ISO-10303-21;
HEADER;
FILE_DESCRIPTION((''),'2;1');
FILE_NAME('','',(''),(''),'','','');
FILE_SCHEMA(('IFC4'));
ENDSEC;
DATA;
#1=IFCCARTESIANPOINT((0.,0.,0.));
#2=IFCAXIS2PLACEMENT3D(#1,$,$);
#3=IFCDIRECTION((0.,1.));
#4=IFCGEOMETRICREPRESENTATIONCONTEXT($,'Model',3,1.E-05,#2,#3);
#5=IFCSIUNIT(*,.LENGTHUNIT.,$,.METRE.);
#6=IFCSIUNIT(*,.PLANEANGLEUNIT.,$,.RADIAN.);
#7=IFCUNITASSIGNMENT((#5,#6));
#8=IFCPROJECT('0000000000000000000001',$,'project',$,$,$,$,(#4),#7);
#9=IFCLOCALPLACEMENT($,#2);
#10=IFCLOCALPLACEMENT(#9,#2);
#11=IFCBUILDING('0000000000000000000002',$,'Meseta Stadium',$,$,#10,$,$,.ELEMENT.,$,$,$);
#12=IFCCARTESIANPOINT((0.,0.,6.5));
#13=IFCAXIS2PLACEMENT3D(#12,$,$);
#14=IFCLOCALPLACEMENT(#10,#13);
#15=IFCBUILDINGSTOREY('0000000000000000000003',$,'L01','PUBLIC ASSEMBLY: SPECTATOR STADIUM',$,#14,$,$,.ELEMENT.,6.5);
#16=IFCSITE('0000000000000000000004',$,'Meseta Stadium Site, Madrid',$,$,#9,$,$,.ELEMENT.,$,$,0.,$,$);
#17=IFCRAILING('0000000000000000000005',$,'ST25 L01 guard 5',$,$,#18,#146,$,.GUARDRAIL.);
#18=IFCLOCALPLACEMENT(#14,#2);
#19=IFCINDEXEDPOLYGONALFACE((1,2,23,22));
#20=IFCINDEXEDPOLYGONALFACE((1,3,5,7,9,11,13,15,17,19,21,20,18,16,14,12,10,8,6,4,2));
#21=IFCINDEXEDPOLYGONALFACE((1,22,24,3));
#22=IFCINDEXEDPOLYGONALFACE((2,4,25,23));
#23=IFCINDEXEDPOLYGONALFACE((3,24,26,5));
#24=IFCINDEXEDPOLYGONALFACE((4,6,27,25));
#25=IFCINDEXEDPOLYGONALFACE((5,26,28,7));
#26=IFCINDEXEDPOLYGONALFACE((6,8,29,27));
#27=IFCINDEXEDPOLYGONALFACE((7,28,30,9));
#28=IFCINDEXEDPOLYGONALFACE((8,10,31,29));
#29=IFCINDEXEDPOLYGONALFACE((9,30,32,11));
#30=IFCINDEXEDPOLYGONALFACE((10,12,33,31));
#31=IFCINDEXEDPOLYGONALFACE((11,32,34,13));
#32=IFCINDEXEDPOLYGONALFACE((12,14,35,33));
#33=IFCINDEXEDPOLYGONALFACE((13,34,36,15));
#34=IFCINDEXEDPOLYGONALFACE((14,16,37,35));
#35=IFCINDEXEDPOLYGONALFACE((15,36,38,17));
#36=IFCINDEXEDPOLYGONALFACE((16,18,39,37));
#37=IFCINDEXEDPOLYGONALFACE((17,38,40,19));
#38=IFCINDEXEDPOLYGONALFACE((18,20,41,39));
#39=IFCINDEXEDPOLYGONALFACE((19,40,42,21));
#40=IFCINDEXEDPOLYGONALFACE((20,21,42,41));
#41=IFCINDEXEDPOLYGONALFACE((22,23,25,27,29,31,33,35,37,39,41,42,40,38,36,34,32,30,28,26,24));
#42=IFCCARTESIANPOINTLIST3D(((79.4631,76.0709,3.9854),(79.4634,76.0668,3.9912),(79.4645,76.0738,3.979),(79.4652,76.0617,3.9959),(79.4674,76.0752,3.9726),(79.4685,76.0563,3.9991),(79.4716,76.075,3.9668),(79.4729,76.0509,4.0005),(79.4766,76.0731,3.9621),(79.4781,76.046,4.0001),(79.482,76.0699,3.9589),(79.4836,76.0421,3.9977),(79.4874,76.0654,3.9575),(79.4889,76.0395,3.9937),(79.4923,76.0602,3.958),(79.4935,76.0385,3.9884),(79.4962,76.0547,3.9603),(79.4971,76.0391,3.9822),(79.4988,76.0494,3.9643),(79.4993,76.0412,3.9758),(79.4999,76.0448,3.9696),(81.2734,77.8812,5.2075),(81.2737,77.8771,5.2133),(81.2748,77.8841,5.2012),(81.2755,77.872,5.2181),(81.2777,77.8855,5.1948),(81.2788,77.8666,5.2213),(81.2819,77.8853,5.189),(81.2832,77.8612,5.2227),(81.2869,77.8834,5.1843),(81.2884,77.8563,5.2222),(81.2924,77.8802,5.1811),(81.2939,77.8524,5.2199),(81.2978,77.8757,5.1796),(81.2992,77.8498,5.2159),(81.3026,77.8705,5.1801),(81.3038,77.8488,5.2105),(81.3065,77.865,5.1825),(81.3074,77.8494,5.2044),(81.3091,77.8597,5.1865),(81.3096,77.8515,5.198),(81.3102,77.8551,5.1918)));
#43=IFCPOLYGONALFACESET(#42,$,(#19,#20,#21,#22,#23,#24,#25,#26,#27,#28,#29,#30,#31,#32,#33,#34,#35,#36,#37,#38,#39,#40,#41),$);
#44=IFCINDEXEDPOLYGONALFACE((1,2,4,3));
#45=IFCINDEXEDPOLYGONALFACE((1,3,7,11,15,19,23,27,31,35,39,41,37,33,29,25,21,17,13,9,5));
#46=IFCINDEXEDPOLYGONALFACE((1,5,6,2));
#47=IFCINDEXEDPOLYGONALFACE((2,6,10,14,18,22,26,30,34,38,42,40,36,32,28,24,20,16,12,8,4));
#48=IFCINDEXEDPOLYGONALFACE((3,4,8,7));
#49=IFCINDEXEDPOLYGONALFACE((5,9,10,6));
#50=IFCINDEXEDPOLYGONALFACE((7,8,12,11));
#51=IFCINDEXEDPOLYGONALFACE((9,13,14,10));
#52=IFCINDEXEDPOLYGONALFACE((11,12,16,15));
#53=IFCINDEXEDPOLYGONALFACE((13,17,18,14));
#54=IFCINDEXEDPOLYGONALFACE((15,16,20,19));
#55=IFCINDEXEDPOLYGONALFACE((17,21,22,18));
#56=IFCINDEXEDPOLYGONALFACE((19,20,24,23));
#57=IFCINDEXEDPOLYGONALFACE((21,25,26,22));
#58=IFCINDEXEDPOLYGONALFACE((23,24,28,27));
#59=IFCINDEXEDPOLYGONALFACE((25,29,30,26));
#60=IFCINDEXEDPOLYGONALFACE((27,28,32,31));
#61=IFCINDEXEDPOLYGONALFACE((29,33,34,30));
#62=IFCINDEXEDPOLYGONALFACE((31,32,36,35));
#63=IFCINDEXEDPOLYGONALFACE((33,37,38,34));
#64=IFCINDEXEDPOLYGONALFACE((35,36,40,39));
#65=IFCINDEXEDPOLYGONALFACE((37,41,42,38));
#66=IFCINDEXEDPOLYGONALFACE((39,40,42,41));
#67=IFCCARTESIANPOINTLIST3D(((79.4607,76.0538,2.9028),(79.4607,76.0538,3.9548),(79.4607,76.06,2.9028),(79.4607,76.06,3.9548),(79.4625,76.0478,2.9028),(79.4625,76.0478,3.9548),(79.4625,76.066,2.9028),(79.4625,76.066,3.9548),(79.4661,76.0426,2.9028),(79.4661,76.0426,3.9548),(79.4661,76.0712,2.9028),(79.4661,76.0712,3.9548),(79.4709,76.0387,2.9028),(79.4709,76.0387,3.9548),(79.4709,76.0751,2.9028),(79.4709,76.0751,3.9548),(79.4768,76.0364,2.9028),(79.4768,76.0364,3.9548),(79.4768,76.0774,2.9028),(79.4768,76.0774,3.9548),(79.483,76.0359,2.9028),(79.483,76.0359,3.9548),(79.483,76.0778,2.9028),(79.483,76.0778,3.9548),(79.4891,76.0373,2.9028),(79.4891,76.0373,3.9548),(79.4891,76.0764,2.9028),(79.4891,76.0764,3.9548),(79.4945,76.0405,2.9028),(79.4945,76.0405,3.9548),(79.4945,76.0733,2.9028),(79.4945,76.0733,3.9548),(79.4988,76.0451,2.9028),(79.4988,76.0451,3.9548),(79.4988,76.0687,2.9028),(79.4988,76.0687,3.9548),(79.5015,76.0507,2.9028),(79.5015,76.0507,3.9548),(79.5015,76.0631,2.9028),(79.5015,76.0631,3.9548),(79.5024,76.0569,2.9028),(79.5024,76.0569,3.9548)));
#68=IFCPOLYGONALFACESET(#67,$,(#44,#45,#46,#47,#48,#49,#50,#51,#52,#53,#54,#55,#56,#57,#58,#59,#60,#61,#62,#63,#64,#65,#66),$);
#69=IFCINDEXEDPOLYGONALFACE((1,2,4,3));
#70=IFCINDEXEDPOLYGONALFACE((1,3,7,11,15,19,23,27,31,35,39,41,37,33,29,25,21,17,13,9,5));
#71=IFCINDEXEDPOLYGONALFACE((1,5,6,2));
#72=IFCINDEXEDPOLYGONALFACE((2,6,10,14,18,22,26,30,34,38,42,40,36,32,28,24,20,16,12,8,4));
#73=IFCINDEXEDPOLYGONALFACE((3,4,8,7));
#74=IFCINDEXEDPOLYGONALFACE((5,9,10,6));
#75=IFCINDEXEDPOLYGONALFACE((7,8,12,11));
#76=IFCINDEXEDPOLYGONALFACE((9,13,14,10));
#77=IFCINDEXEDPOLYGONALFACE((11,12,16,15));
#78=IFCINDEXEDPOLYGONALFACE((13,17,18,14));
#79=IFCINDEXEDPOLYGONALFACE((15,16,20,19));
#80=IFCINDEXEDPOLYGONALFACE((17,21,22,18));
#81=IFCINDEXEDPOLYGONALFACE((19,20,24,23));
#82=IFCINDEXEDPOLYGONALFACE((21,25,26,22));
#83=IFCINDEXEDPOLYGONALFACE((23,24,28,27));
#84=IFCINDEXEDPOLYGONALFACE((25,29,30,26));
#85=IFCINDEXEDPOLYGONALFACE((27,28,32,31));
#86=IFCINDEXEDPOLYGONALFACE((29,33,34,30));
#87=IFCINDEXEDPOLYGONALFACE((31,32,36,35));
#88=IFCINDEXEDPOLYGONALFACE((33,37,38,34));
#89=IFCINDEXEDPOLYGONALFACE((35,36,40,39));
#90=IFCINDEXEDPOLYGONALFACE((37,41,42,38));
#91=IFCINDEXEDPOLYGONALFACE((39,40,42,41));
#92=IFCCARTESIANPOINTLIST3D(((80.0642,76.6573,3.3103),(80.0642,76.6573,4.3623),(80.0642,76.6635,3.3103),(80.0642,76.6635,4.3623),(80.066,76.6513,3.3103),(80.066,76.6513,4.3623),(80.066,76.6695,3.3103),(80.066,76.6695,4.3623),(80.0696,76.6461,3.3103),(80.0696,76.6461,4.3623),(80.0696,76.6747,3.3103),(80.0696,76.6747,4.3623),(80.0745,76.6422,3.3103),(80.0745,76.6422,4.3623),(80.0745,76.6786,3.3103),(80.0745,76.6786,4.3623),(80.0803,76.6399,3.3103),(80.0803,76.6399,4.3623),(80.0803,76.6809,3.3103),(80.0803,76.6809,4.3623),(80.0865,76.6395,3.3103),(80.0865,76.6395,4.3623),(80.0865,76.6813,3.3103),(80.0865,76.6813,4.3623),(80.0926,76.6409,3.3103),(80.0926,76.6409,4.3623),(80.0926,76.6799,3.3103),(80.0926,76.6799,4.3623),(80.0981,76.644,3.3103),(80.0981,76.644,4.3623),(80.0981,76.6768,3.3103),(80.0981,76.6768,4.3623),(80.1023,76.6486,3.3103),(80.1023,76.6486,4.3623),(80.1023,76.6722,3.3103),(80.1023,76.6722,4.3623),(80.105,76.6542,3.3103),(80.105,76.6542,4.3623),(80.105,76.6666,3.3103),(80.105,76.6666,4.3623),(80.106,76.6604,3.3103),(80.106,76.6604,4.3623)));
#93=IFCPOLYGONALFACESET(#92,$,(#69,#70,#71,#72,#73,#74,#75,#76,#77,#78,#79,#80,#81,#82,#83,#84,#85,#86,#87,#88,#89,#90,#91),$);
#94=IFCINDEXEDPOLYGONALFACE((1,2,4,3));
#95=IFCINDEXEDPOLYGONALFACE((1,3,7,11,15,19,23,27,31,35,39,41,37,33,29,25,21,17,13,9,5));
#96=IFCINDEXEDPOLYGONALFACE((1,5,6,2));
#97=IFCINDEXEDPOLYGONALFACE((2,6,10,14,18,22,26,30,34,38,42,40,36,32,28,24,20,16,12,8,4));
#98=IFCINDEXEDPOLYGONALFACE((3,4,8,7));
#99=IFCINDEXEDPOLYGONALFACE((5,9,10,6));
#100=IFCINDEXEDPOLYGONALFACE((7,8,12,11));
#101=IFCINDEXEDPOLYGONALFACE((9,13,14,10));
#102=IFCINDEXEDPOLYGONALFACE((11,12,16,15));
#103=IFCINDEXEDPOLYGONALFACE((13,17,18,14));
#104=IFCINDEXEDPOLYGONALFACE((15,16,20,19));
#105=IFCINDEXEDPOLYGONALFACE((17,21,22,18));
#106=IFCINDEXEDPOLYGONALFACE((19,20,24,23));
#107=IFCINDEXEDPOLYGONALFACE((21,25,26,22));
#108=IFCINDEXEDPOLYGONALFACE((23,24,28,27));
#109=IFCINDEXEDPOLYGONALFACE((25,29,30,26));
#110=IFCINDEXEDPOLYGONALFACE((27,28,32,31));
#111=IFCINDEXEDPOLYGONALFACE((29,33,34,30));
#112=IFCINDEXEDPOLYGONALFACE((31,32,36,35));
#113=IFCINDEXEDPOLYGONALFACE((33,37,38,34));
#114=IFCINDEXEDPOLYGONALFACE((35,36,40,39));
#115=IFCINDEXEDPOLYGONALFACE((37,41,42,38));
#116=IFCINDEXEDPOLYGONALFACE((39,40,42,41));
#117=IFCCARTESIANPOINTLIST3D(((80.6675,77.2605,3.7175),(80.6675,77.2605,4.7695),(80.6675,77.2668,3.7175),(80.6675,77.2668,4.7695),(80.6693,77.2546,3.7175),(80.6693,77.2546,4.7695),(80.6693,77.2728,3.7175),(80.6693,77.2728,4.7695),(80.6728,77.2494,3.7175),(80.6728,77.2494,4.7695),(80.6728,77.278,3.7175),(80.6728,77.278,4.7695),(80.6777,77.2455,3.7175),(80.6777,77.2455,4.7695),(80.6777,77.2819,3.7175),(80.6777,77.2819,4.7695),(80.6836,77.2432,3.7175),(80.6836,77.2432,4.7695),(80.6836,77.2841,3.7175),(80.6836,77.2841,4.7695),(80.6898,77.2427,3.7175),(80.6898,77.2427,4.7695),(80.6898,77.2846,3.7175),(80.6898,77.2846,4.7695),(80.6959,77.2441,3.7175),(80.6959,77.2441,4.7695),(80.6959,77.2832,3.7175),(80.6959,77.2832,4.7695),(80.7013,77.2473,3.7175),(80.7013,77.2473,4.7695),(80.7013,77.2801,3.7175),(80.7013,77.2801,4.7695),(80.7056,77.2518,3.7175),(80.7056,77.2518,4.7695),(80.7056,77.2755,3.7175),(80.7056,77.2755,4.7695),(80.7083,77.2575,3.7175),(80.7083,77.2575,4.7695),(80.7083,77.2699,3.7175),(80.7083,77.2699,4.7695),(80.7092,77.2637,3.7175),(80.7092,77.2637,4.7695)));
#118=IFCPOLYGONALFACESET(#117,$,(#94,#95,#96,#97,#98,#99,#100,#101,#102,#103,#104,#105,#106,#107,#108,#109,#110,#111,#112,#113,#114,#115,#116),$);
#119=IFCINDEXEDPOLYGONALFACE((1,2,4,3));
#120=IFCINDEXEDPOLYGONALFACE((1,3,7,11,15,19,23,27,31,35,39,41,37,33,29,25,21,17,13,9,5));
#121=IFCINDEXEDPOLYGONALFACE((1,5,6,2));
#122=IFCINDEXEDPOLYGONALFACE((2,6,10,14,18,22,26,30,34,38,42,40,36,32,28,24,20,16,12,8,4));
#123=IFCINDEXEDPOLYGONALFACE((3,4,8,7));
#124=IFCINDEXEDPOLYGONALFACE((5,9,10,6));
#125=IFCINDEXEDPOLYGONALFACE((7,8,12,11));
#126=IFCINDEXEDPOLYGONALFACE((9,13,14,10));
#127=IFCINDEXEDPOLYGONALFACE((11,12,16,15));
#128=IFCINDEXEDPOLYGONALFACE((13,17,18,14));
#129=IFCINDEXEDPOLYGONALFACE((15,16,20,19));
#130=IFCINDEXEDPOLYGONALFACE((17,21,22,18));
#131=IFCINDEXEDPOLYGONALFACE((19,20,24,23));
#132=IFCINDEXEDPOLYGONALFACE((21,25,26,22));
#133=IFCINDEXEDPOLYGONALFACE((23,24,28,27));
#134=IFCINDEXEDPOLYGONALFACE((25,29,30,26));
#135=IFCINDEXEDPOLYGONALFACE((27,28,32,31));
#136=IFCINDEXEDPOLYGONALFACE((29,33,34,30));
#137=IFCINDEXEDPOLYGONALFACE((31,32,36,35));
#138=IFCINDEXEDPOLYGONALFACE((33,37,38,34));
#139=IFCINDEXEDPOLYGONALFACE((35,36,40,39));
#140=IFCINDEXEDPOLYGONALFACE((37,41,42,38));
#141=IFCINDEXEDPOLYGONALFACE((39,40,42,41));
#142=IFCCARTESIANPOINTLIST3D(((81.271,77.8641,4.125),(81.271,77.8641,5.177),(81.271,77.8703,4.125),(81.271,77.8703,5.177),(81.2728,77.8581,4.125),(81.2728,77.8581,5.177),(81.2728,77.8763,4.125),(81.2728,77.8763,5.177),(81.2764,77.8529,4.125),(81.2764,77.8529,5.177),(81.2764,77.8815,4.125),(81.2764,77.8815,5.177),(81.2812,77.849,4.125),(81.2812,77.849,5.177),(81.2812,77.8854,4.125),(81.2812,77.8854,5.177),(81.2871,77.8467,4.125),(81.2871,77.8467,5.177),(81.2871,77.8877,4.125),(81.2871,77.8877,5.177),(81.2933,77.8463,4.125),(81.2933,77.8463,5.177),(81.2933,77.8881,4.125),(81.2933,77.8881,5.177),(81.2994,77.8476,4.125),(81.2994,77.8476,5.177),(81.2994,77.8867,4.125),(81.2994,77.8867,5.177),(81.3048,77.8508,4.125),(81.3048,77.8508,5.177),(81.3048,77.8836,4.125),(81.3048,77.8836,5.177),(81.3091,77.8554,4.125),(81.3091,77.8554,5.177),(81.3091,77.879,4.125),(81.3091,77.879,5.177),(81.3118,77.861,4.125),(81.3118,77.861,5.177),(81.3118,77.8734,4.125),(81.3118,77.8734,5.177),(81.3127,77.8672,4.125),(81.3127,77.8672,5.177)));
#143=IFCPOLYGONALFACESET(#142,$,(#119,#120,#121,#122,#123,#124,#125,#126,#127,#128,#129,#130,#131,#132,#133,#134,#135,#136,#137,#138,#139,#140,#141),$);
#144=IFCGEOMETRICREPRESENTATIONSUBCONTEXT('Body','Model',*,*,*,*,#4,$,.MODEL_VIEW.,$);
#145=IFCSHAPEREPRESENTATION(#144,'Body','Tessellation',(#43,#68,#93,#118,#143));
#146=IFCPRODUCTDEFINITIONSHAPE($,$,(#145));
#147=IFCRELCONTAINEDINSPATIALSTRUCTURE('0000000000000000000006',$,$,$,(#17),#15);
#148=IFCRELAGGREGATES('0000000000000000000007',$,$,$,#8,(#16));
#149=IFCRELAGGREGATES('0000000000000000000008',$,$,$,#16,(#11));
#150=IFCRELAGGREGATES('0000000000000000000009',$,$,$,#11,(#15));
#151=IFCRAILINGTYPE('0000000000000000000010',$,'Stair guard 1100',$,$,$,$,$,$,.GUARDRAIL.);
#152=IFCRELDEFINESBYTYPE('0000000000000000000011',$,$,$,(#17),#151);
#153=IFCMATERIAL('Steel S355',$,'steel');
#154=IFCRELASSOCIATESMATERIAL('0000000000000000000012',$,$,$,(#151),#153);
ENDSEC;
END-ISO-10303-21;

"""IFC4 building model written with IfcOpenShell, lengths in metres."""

from ifc_helpers import new_model, si_unit, direction, frame, origin, origin_2d, place, context, subcontext, project, spatial, circle, extrude, material, type_object, element, save


model = new_model("IFC4")

# Units and contexts
model_context = context("Model", 3, precision=1e-05, world=origin(), true_north=direction((0.0, 1.0)))
body_context = subcontext(model_context, "Body", "Model", "MODEL_VIEW")
ifc_project = project(units=[si_unit("LENGTHUNIT", "METRE"), si_unit("PLANEANGLEUNIT", "RADIAN")], contexts=[model_context])

# Site, building, storey
site_placement = place(None, origin())
site = spatial("IfcSite", under=ifc_project, at=site_placement, Name="Meseta Stadium Site, Madrid", CompositionType="ELEMENT", RefElevation=0.0)
building_placement = place(site_placement, origin())
building = spatial("IfcBuilding", under=site, at=building_placement, Name="Meseta Stadium", CompositionType="ELEMENT")
storey_placement = place(building_placement, frame((0.0, 0.0, 6.5)))
storey = spatial("IfcBuildingStorey", under=building, at=storey_placement, Name="L01", Description="PUBLIC ASSEMBLY: SPECTATOR STADIUM", CompositionType="ELEMENT", Elevation=6.5)

# Railing
ifc_material_1 = material(Name="Steel S355", Category="steel")
railing_type_1 = type_object("IfcRailingType", Name="Stair guard 1100", PredefinedType="GUARDRAIL", material=ifc_material_1)
railing_1_placement = place(storey_placement, frame((79.4814, 76.0569, 2.9028)))
element("IfcRailing", 1, at=railing_1_placement, inside=storey, type_object=railing_type_1, Name="ST25 L01 guard 5", PredefinedType="GUARDRAIL", context=body_context, shape_type="SweptSolid", body=[
    extrude(circle(Radius=0.0239, at=origin_2d()), frame((0.0, 0.0, 1.0762), z_axis=(0.638124, 0.638124, 0.430809), x_axis=(-0.707107, 0.707107, 0.0)), (0.0, 0.0, 1.0), 2.8369),
    extrude(circle(Radius=0.021, at=origin_2d()), origin(), (0.0, 0.0, 1.0), 1.052),
    extrude(circle(Radius=0.021, at=origin_2d()), frame((0.6035, 0.6035, 0.4075)), (0.0, 0.0, 1.0), 1.052),
    extrude(circle(Radius=0.021, at=origin_2d()), frame((1.2068, 1.2068, 0.8147)), (0.0, 0.0, 1.0), 1.052),
    extrude(circle(Radius=0.021, at=origin_2d()), frame((1.8103, 1.8103, 1.2222)), (0.0, 0.0, 1.0), 1.052),
])

save(model, "model.ifc")
